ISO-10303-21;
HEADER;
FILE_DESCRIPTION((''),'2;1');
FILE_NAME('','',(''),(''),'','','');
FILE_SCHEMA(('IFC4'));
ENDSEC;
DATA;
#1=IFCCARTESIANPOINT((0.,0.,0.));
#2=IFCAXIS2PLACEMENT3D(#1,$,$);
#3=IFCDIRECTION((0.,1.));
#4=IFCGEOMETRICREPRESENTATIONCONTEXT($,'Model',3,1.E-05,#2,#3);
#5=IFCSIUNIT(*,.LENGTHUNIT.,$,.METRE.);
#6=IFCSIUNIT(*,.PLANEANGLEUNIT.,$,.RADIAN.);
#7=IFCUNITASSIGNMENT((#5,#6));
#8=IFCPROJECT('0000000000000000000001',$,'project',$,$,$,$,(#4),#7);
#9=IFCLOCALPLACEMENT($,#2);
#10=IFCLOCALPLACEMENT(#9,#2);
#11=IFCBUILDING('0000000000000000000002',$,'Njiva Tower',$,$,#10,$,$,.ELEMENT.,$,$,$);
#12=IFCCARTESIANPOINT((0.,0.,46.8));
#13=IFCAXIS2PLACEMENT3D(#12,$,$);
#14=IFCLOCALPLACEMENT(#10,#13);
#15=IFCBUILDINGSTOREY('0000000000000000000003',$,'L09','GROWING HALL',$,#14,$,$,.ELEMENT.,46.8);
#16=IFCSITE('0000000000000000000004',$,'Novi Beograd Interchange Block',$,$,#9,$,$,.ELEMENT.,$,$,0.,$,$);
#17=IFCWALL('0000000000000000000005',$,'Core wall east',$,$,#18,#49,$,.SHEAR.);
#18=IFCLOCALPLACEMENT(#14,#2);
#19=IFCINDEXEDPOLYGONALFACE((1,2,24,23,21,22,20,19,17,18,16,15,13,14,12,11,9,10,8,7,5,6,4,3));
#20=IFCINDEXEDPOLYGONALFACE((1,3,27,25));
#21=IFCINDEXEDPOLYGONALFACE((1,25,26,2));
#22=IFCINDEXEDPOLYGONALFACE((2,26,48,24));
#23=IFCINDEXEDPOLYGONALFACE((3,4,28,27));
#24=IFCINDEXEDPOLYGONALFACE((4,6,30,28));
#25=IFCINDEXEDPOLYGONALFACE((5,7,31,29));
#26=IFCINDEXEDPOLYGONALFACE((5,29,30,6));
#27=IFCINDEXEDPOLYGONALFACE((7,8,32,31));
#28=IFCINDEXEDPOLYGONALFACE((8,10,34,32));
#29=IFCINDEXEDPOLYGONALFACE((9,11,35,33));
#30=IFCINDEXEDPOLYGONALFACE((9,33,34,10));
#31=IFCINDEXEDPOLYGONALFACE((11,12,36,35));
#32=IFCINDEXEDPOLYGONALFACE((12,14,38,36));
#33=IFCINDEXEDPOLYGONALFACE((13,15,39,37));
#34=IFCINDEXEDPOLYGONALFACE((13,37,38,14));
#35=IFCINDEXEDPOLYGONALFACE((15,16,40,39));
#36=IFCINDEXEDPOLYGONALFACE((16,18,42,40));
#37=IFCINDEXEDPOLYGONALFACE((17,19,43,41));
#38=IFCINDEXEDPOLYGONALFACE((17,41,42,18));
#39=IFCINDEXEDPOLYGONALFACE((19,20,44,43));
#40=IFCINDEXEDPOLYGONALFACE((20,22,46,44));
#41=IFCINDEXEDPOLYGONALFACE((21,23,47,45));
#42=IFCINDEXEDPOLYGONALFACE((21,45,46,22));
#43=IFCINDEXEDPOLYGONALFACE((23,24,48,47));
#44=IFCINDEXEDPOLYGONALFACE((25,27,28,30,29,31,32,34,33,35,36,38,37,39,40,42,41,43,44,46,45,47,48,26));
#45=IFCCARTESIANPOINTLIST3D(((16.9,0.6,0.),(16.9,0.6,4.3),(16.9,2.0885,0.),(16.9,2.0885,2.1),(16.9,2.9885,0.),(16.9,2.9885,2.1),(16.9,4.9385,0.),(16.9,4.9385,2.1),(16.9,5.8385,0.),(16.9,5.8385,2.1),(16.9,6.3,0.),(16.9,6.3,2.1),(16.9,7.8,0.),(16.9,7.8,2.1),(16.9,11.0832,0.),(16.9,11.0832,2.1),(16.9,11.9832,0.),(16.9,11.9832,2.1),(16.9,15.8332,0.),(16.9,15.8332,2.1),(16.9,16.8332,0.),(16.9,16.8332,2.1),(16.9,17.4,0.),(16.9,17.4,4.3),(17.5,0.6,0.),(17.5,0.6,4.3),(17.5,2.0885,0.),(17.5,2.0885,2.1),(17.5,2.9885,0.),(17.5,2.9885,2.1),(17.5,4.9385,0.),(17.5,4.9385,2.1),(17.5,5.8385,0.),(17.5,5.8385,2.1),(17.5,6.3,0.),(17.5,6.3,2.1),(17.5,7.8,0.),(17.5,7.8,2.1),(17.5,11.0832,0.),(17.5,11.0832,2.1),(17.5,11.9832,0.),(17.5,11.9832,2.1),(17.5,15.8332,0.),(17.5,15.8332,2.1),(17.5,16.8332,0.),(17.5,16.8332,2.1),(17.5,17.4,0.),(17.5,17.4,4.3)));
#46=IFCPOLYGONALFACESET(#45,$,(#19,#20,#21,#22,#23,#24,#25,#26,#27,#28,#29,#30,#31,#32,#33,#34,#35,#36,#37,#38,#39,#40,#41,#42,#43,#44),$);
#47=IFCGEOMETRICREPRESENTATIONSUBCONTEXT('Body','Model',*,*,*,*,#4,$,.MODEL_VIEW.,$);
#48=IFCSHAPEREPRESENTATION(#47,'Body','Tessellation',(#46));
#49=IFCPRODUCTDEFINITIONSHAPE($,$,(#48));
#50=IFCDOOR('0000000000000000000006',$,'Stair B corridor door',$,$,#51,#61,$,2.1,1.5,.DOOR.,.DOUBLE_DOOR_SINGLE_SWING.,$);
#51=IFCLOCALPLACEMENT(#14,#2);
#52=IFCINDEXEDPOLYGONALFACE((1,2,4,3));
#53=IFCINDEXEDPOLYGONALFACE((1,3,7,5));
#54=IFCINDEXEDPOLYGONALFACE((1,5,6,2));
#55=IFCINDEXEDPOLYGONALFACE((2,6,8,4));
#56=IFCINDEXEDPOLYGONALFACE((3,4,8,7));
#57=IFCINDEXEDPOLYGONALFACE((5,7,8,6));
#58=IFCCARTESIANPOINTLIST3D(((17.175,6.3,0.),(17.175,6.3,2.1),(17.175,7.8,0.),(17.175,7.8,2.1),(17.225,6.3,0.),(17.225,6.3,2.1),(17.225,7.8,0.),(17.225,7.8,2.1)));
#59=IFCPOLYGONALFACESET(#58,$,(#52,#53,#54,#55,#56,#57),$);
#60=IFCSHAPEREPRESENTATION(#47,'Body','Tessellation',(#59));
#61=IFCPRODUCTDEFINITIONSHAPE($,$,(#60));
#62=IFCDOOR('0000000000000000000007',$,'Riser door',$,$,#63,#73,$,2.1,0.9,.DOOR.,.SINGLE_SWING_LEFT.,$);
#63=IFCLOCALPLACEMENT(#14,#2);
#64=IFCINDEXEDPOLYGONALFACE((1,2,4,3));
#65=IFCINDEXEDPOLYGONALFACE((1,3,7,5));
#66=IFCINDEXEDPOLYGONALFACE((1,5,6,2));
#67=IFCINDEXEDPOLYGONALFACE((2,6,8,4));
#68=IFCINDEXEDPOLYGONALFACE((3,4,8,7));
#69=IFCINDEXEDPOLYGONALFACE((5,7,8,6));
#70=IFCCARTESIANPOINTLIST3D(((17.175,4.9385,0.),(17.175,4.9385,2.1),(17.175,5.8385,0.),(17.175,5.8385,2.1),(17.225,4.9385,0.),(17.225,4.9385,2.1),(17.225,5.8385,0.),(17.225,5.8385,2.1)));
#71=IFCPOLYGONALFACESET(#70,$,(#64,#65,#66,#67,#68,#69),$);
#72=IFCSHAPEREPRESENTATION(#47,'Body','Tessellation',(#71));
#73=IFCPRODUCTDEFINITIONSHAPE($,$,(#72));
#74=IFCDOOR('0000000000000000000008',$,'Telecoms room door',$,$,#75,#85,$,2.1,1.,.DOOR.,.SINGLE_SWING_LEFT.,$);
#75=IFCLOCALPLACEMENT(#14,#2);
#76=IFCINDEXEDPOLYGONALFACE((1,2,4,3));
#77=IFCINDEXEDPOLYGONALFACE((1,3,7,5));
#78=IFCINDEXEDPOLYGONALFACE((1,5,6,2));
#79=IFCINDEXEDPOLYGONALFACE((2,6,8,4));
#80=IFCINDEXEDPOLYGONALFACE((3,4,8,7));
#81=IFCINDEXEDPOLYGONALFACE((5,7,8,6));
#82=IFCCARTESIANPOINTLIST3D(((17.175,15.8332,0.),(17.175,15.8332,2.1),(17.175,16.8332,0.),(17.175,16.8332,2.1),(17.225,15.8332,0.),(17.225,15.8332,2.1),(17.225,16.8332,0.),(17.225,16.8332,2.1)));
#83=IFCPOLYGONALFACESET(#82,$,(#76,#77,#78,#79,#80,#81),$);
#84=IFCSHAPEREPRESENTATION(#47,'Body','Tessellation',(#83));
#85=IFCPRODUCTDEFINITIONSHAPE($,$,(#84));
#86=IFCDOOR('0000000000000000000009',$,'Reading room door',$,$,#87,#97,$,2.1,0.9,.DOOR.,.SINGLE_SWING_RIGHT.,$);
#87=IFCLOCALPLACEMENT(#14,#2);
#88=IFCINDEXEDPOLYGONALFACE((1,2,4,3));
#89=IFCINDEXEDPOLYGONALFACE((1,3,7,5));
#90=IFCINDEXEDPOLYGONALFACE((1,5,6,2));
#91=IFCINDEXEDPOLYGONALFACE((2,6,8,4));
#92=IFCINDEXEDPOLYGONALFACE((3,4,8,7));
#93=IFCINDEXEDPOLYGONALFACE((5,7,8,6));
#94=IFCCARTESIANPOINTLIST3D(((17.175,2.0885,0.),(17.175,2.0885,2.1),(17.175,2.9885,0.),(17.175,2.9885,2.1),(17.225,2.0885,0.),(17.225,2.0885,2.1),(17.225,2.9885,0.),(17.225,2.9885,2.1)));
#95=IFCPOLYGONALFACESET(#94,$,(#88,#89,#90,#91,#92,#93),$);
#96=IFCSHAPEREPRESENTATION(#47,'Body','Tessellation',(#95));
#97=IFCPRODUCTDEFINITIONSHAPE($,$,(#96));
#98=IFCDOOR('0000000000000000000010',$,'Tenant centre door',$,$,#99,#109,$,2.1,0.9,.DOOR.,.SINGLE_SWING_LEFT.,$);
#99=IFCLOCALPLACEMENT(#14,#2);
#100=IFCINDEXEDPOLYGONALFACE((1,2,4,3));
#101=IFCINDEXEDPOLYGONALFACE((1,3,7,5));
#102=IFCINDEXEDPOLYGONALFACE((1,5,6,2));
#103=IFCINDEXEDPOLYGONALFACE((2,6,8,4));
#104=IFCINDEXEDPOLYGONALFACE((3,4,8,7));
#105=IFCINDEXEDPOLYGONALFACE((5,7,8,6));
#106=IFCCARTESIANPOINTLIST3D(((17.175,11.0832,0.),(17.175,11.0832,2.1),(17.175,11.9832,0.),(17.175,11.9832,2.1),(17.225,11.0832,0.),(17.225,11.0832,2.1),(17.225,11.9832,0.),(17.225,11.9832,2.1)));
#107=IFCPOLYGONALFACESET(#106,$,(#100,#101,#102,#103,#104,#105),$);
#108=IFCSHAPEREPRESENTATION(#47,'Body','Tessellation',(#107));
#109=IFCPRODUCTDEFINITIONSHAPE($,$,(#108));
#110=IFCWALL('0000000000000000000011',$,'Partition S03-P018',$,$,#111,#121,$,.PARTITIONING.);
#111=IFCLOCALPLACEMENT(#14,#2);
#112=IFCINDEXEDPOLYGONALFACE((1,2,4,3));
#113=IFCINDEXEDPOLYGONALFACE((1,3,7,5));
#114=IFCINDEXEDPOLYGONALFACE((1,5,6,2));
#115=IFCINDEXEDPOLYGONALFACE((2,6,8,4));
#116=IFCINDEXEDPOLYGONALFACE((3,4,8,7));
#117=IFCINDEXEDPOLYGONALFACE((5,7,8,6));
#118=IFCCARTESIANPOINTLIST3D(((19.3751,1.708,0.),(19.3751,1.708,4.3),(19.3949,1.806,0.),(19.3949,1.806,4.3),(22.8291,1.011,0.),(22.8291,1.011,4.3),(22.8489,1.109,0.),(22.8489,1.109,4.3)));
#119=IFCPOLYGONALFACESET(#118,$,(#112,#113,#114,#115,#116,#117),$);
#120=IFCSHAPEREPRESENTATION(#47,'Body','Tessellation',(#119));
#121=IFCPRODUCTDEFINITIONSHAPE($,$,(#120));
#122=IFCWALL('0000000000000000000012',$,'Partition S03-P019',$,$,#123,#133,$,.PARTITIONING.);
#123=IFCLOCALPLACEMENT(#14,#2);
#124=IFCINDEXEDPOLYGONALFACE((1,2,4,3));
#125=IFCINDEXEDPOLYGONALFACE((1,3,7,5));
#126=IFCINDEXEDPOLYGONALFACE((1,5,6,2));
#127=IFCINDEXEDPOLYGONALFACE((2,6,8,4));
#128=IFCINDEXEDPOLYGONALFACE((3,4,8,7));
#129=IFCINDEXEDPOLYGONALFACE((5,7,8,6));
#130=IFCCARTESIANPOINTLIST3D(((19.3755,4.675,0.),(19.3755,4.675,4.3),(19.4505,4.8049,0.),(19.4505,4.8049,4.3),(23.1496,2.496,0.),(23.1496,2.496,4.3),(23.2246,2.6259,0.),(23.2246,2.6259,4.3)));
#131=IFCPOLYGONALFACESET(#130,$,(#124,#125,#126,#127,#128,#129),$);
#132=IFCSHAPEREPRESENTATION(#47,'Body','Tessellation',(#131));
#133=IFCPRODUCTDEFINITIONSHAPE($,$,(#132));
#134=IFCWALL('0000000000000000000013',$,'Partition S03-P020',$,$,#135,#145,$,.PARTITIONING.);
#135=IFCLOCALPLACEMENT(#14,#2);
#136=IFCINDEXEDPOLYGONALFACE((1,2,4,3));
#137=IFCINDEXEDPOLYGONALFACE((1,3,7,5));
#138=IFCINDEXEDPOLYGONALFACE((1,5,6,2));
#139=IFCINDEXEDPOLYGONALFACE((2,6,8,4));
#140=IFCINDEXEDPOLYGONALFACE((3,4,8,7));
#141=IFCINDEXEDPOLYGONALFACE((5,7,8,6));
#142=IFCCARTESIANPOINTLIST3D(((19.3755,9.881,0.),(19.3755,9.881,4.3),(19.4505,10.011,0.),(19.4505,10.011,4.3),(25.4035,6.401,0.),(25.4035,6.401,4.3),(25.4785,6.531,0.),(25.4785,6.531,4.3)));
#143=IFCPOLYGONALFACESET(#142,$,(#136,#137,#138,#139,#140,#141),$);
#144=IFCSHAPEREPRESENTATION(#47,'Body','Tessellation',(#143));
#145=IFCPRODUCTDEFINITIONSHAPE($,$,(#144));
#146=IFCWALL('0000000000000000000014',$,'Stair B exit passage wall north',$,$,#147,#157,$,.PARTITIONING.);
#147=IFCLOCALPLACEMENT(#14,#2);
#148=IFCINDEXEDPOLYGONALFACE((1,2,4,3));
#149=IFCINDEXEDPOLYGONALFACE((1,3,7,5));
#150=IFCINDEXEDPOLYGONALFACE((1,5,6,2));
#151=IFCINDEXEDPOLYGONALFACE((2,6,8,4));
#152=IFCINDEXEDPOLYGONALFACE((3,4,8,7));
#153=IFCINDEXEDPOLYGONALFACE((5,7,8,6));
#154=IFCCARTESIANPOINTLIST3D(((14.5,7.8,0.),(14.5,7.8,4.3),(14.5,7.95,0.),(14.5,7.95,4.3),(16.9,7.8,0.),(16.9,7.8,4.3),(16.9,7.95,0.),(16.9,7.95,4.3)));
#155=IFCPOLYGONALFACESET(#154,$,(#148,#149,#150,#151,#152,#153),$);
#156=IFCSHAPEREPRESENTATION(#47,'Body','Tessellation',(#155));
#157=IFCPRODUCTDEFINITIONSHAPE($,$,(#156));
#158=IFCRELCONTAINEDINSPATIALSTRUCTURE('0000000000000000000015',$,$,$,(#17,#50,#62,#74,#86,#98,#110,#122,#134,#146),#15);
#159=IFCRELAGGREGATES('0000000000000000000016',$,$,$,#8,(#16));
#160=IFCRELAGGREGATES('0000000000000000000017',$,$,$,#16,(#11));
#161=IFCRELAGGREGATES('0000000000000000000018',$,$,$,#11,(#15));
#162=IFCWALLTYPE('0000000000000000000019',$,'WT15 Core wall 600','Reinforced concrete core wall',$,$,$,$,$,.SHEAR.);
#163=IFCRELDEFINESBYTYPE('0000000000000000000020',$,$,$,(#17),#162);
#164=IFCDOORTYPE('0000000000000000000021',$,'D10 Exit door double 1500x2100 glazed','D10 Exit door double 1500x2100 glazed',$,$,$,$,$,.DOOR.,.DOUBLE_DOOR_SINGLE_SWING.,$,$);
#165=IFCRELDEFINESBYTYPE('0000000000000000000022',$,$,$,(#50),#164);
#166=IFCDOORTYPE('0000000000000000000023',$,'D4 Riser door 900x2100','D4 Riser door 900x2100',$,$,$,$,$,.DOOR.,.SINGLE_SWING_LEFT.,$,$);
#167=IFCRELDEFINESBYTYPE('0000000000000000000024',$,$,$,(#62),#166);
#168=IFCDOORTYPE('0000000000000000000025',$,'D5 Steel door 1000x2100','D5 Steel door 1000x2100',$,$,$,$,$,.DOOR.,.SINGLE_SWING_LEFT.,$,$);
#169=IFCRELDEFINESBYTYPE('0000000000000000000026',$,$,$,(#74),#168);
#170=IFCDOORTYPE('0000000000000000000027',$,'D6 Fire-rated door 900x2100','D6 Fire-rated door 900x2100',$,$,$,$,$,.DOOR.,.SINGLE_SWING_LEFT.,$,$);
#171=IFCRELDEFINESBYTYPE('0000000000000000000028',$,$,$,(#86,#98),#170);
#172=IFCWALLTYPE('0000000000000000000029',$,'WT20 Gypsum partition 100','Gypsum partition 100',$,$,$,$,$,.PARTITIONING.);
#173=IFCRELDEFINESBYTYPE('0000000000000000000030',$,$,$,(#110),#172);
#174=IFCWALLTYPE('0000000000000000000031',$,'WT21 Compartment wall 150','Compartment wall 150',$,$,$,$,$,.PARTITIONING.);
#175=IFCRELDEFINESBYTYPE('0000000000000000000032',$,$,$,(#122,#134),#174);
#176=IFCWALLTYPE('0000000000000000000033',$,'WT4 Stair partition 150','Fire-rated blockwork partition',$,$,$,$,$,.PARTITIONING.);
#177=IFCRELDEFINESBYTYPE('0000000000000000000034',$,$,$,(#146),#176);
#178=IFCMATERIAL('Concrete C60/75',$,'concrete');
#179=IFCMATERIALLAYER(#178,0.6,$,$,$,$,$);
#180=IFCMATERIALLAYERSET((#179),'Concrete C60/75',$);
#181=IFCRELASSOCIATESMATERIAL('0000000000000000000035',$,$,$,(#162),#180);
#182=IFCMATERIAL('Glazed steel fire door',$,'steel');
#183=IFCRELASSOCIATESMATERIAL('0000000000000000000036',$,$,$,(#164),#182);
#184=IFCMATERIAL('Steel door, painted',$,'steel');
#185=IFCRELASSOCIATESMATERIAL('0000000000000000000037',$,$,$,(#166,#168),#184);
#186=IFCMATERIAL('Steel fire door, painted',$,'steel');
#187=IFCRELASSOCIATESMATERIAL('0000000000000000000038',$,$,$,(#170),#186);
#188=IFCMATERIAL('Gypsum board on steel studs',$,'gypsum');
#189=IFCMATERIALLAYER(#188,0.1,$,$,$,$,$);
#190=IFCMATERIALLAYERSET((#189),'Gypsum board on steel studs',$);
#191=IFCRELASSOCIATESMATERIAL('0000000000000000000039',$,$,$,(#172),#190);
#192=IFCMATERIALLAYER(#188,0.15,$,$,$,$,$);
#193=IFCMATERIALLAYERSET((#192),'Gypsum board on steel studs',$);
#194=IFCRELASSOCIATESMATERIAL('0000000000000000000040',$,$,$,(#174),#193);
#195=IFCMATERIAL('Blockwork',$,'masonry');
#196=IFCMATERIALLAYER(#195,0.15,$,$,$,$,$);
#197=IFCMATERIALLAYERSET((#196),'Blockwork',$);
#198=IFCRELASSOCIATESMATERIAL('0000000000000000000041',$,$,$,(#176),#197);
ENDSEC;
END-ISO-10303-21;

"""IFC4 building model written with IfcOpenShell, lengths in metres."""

from ifc_helpers import new_model, si_unit, direction, frame, frame_2d, origin, place, context, subcontext, project, spatial, rectangle, extrude, material, layer, layer_set, type_object, element, fill, save


model = new_model("IFC4")

# Units and contexts
model_context = context("Model", 3, precision=1e-05, world=origin(), true_north=direction((0.0, 1.0)))
body_context = subcontext(model_context, "Body", "Model", "MODEL_VIEW")
ifc_project = project(units=[si_unit("LENGTHUNIT", "METRE"), si_unit("PLANEANGLEUNIT", "RADIAN")], contexts=[model_context])

# Site, building, storey
site_placement = place(None, origin())
site = spatial("IfcSite", under=ifc_project, at=site_placement, Name="Novi Beograd Interchange Block", CompositionType="ELEMENT", RefElevation=0.0)
building_placement = place(site_placement, origin())
building = spatial("IfcBuilding", under=site, at=building_placement, Name="Njiva Tower", CompositionType="ELEMENT")
storey_placement = place(building_placement, frame((0.0, 0.0, 46.8)))
storey = spatial("IfcBuildingStorey", under=building, at=storey_placement, Name="L09", Description="GROWING HALL", CompositionType="ELEMENT", Elevation=46.8)

# Wall, openings, doors
ifc_material_1 = material(Name="Concrete C60/75", Category="concrete")
ifc_layer_1 = layer(ifc_material_1, 0.6)
ifc_layer_set_1 = layer_set([ifc_layer_1], Name="Concrete C60/75")
wall_type_1 = type_object("IfcWallType", Name="WT15 Core wall 600", Description="Reinforced concrete core wall", PredefinedType="SHEAR", material=ifc_layer_set_1)
wall_1_placement = place(storey_placement, frame((17.2, 0.6, 0.0), z_axis=(0.0, 0.0, 1.0), x_axis=(0.0, 1.0, 0.0)))
wall_1 = element("IfcWall", 1, at=wall_1_placement, inside=storey, type_object=wall_type_1, Name="Core wall east", PredefinedType="SHEAR", context=body_context, shape_type="SweptSolid", body=[
    extrude(rectangle(XDim=16.8, YDim=0.6, at=frame_2d((8.4, 0.0))), origin(), (0.0, 0.0, 1.0), 4.3),
])
opening_1_placement = place(wall_1_placement, frame((5.7, 0.0, 0.0)))
opening_1 = element("IfcOpeningElement", 2, at=opening_1_placement, cuts=wall_1, PredefinedType="OPENING", context=body_context, shape_type="SweptSolid", body=[
    extrude(rectangle(XDim=1.5, YDim=2.1, at=frame_2d((0.75, 1.05))), frame((0.0, 0.31, 0.0), z_axis=(0.0, -1.0, 0.0), x_axis=(1.0, 0.0, 0.0)), (0.0, 0.0, 1.0), 0.62),
])
opening_2_placement = place(wall_1_placement, frame((1.4885, 0.0, 0.0)))
opening_2 = element("IfcOpeningElement", 3, at=opening_2_placement, cuts=wall_1, PredefinedType="OPENING", context=body_context, shape_type="SweptSolid", body=[
    extrude(rectangle(XDim=0.9, YDim=2.1, at=frame_2d((0.45, 1.05))), frame((0.0, 0.31, 0.0), z_axis=(0.0, -1.0, 0.0), x_axis=(1.0, 0.0, 0.0)), (0.0, 0.0, 1.0), 0.62),
])
opening_3_placement = place(wall_1_placement, frame((4.3385, 0.0, 0.0)))
opening_3 = element("IfcOpeningElement", 4, at=opening_3_placement, cuts=wall_1, PredefinedType="OPENING", context=body_context, shape_type="SweptSolid", body=[
    extrude(rectangle(XDim=0.9, YDim=2.1, at=frame_2d((0.45, 1.05))), frame((0.0, 0.31, 0.0), z_axis=(0.0, -1.0, 0.0), x_axis=(1.0, 0.0, 0.0)), (0.0, 0.0, 1.0), 0.62),
])
opening_4_placement = place(wall_1_placement, frame((10.4832, 0.0, 0.0)))
opening_4 = element("IfcOpeningElement", 5, at=opening_4_placement, cuts=wall_1, PredefinedType="OPENING", context=body_context, shape_type="SweptSolid", body=[
    extrude(rectangle(XDim=0.9, YDim=2.1, at=frame_2d((0.45, 1.05))), frame((0.0, 0.31, 0.0), z_axis=(0.0, -1.0, 0.0), x_axis=(1.0, 0.0, 0.0)), (0.0, 0.0, 1.0), 0.62),
])
opening_5_placement = place(wall_1_placement, frame((15.2332, 0.0, 0.0)))
opening_5 = element("IfcOpeningElement", 6, at=opening_5_placement, cuts=wall_1, PredefinedType="OPENING", context=body_context, shape_type="SweptSolid", body=[
    extrude(rectangle(XDim=1.0, YDim=2.1, at=frame_2d((0.5, 1.05))), frame((0.0, 0.31, 0.0), z_axis=(0.0, -1.0, 0.0), x_axis=(1.0, 0.0, 0.0)), (0.0, 0.0, 1.0), 0.62),
])
ifc_material_2 = material(Name="Glazed steel fire door", Category="steel")
door_type_1 = type_object("IfcDoorType", Name="D10 Exit door double 1500x2100 glazed", Description="D10 Exit door double 1500x2100 glazed", OperationType="DOUBLE_DOOR_SINGLE_SWING", PredefinedType="DOOR", material=ifc_material_2)
door_1_placement = place(opening_1_placement, origin())
door_1 = element("IfcDoor", 7, at=door_1_placement, inside=storey, type_object=door_type_1, Name="Stair B corridor door", OperationType="DOUBLE_DOOR_SINGLE_SWING", OverallHeight=2.1, OverallWidth=1.5, PredefinedType="DOOR", context=body_context, shape_type="SweptSolid", body=[
    extrude(rectangle(XDim=1.5, YDim=2.1, at=frame_2d((0.75, 1.05))), frame((0.0, 0.025, 0.0), z_axis=(0.0, -1.0, 0.0), x_axis=(1.0, 0.0, 0.0)), (0.0, 0.0, 1.0), 0.05),
])
fill(opening_1, door_1)
ifc_material_3 = material(Name="Steel door, painted", Category="steel")
door_type_2 = type_object("IfcDoorType", Name="D4 Riser door 900x2100", Description="D4 Riser door 900x2100", OperationType="SINGLE_SWING_LEFT", PredefinedType="DOOR", material=ifc_material_3)
door_2_placement = place(opening_3_placement, origin())
door_2 = element("IfcDoor", 8, at=door_2_placement, inside=storey, type_object=door_type_2, Name="Riser door", OperationType="SINGLE_SWING_LEFT", OverallHeight=2.1, OverallWidth=0.9, PredefinedType="DOOR", context=body_context, shape_type="SweptSolid", body=[
    extrude(rectangle(XDim=0.9, YDim=2.1, at=frame_2d((0.45, 1.05))), frame((0.0, 0.025, 0.0), z_axis=(0.0, -1.0, 0.0), x_axis=(1.0, 0.0, 0.0)), (0.0, 0.0, 1.0), 0.05),
])
fill(opening_3, door_2)
door_type_3 = type_object("IfcDoorType", Name="D5 Steel door 1000x2100", Description="D5 Steel door 1000x2100", OperationType="SINGLE_SWING_LEFT", PredefinedType="DOOR", material=ifc_material_3)
door_3_placement = place(opening_5_placement, origin())
door_3 = element("IfcDoor", 9, at=door_3_placement, inside=storey, type_object=door_type_3, Name="Telecoms room door", OperationType="SINGLE_SWING_LEFT", OverallHeight=2.1, OverallWidth=1.0, PredefinedType="DOOR", context=body_context, shape_type="SweptSolid", body=[
    extrude(rectangle(XDim=1.0, YDim=2.1, at=frame_2d((0.5, 1.05))), frame((0.0, 0.025, 0.0), z_axis=(0.0, -1.0, 0.0), x_axis=(1.0, 0.0, 0.0)), (0.0, 0.0, 1.0), 0.05),
])
fill(opening_5, door_3)
ifc_material_4 = material(Name="Steel fire door, painted", Category="steel")
door_type_4 = type_object("IfcDoorType", Name="D6 Fire-rated door 900x2100", Description="D6 Fire-rated door 900x2100", OperationType="SINGLE_SWING_LEFT", PredefinedType="DOOR", material=ifc_material_4)
door_4_placement = place(opening_2_placement, origin())
door_4 = element("IfcDoor", 10, at=door_4_placement, inside=storey, type_object=door_type_4, Name="Reading room door", OperationType="SINGLE_SWING_RIGHT", OverallHeight=2.1, OverallWidth=0.9, PredefinedType="DOOR", context=body_context, shape_type="SweptSolid", body=[
    extrude(rectangle(XDim=0.9, YDim=2.1, at=frame_2d((0.45, 1.05))), frame((0.0, 0.025, 0.0), z_axis=(0.0, -1.0, 0.0), x_axis=(1.0, 0.0, 0.0)), (0.0, 0.0, 1.0), 0.05),
])
fill(opening_2, door_4)
door_5_placement = place(opening_4_placement, origin())
door_5 = element("IfcDoor", 11, at=door_5_placement, inside=storey, type_object=door_type_4, Name="Tenant centre door", OperationType="SINGLE_SWING_LEFT", OverallHeight=2.1, OverallWidth=0.9, PredefinedType="DOOR", context=body_context, shape_type="SweptSolid", body=[
    extrude(rectangle(XDim=0.9, YDim=2.1, at=frame_2d((0.45, 1.05))), frame((0.0, 0.025, 0.0), z_axis=(0.0, -1.0, 0.0), x_axis=(1.0, 0.0, 0.0)), (0.0, 0.0, 1.0), 0.05),
])
fill(opening_4, door_5)

# Walls
ifc_material_5 = material(Name="Gypsum board on steel studs", Category="gypsum")
ifc_layer_2 = layer(ifc_material_5, 0.1)
ifc_layer_set_2 = layer_set([ifc_layer_2], Name="Gypsum board on steel studs")
wall_type_2 = type_object("IfcWallType", Name="WT20 Gypsum partition 100", Description="Gypsum partition 100", PredefinedType="PARTITIONING", material=ifc_layer_set_2)
wall_2_placement = place(storey_placement, frame((19.385, 1.757, 0.0), z_axis=(0.0, 0.0, 1.0), x_axis=(0.980241, -0.197808, 0.0)))
element("IfcWall", 12, at=wall_2_placement, inside=storey, type_object=wall_type_2, Name="Partition S03-P018", PredefinedType="PARTITIONING", context=body_context, shape_type="SweptSolid", body=[
    extrude(rectangle(XDim=3.5236, YDim=0.1, at=frame_2d((1.7618, 0.0))), origin(), (0.0, 0.0, 1.0), 4.3),
])
ifc_layer_3 = layer(ifc_material_5, 0.15)
ifc_layer_set_3 = layer_set([ifc_layer_3], Name="Gypsum board on steel studs")
wall_type_3 = type_object("IfcWallType", Name="WT21 Compartment wall 150", Description="Compartment wall 150", PredefinedType="PARTITIONING", material=ifc_layer_set_3)
wall_3_placement = place(storey_placement, frame((19.413, 4.74, 0.0), z_axis=(0.0, 0.0, 1.0), x_axis=(0.866017, -0.500014, 0.0)))
element("IfcWall", 13, at=wall_3_placement, inside=storey, type_object=wall_type_3, Name="Partition S03-P019", PredefinedType="PARTITIONING", context=body_context, shape_type="SweptSolid", body=[
    extrude(rectangle(XDim=4.3579, YDim=0.15, at=frame_2d((2.179, 0.0))), origin(), (0.0, 0.0, 1.0), 4.3),
])
wall_4_placement = place(storey_placement, frame((19.413, 9.946, 0.0), z_axis=(0.0, 0.0, 1.0), x_axis=(0.866042, -0.499971, 0.0)))
element("IfcWall", 14, at=wall_4_placement, inside=storey, type_object=wall_type_3, Name="Partition S03-P020", PredefinedType="PARTITIONING", context=body_context, shape_type="SweptSolid", body=[
    extrude(rectangle(XDim=6.9604, YDim=0.15, at=frame_2d((3.4802, 0.0))), origin(), (0.0, 0.0, 1.0), 4.3),
])
ifc_material_6 = material(Name="Blockwork", Category="masonry")
ifc_layer_4 = layer(ifc_material_6, 0.15)
ifc_layer_set_4 = layer_set([ifc_layer_4], Name="Blockwork")
wall_type_4 = type_object("IfcWallType", Name="WT4 Stair partition 150", Description="Fire-rated blockwork partition", PredefinedType="PARTITIONING", material=ifc_layer_set_4)
wall_5_placement = place(storey_placement, frame((14.5, 7.875, 0.0), z_axis=(0.0, 0.0, 1.0), x_axis=(1.0, 0.0, 0.0)))
element("IfcWall", 15, at=wall_5_placement, inside=storey, type_object=wall_type_4, Name="Stair B exit passage wall north", PredefinedType="PARTITIONING", context=body_context, shape_type="SweptSolid", body=[
    extrude(rectangle(XDim=2.4, YDim=0.15, at=frame_2d((1.2, 0.0))), origin(), (0.0, 0.0, 1.0), 4.3),
])

save(model, "model.ifc")
